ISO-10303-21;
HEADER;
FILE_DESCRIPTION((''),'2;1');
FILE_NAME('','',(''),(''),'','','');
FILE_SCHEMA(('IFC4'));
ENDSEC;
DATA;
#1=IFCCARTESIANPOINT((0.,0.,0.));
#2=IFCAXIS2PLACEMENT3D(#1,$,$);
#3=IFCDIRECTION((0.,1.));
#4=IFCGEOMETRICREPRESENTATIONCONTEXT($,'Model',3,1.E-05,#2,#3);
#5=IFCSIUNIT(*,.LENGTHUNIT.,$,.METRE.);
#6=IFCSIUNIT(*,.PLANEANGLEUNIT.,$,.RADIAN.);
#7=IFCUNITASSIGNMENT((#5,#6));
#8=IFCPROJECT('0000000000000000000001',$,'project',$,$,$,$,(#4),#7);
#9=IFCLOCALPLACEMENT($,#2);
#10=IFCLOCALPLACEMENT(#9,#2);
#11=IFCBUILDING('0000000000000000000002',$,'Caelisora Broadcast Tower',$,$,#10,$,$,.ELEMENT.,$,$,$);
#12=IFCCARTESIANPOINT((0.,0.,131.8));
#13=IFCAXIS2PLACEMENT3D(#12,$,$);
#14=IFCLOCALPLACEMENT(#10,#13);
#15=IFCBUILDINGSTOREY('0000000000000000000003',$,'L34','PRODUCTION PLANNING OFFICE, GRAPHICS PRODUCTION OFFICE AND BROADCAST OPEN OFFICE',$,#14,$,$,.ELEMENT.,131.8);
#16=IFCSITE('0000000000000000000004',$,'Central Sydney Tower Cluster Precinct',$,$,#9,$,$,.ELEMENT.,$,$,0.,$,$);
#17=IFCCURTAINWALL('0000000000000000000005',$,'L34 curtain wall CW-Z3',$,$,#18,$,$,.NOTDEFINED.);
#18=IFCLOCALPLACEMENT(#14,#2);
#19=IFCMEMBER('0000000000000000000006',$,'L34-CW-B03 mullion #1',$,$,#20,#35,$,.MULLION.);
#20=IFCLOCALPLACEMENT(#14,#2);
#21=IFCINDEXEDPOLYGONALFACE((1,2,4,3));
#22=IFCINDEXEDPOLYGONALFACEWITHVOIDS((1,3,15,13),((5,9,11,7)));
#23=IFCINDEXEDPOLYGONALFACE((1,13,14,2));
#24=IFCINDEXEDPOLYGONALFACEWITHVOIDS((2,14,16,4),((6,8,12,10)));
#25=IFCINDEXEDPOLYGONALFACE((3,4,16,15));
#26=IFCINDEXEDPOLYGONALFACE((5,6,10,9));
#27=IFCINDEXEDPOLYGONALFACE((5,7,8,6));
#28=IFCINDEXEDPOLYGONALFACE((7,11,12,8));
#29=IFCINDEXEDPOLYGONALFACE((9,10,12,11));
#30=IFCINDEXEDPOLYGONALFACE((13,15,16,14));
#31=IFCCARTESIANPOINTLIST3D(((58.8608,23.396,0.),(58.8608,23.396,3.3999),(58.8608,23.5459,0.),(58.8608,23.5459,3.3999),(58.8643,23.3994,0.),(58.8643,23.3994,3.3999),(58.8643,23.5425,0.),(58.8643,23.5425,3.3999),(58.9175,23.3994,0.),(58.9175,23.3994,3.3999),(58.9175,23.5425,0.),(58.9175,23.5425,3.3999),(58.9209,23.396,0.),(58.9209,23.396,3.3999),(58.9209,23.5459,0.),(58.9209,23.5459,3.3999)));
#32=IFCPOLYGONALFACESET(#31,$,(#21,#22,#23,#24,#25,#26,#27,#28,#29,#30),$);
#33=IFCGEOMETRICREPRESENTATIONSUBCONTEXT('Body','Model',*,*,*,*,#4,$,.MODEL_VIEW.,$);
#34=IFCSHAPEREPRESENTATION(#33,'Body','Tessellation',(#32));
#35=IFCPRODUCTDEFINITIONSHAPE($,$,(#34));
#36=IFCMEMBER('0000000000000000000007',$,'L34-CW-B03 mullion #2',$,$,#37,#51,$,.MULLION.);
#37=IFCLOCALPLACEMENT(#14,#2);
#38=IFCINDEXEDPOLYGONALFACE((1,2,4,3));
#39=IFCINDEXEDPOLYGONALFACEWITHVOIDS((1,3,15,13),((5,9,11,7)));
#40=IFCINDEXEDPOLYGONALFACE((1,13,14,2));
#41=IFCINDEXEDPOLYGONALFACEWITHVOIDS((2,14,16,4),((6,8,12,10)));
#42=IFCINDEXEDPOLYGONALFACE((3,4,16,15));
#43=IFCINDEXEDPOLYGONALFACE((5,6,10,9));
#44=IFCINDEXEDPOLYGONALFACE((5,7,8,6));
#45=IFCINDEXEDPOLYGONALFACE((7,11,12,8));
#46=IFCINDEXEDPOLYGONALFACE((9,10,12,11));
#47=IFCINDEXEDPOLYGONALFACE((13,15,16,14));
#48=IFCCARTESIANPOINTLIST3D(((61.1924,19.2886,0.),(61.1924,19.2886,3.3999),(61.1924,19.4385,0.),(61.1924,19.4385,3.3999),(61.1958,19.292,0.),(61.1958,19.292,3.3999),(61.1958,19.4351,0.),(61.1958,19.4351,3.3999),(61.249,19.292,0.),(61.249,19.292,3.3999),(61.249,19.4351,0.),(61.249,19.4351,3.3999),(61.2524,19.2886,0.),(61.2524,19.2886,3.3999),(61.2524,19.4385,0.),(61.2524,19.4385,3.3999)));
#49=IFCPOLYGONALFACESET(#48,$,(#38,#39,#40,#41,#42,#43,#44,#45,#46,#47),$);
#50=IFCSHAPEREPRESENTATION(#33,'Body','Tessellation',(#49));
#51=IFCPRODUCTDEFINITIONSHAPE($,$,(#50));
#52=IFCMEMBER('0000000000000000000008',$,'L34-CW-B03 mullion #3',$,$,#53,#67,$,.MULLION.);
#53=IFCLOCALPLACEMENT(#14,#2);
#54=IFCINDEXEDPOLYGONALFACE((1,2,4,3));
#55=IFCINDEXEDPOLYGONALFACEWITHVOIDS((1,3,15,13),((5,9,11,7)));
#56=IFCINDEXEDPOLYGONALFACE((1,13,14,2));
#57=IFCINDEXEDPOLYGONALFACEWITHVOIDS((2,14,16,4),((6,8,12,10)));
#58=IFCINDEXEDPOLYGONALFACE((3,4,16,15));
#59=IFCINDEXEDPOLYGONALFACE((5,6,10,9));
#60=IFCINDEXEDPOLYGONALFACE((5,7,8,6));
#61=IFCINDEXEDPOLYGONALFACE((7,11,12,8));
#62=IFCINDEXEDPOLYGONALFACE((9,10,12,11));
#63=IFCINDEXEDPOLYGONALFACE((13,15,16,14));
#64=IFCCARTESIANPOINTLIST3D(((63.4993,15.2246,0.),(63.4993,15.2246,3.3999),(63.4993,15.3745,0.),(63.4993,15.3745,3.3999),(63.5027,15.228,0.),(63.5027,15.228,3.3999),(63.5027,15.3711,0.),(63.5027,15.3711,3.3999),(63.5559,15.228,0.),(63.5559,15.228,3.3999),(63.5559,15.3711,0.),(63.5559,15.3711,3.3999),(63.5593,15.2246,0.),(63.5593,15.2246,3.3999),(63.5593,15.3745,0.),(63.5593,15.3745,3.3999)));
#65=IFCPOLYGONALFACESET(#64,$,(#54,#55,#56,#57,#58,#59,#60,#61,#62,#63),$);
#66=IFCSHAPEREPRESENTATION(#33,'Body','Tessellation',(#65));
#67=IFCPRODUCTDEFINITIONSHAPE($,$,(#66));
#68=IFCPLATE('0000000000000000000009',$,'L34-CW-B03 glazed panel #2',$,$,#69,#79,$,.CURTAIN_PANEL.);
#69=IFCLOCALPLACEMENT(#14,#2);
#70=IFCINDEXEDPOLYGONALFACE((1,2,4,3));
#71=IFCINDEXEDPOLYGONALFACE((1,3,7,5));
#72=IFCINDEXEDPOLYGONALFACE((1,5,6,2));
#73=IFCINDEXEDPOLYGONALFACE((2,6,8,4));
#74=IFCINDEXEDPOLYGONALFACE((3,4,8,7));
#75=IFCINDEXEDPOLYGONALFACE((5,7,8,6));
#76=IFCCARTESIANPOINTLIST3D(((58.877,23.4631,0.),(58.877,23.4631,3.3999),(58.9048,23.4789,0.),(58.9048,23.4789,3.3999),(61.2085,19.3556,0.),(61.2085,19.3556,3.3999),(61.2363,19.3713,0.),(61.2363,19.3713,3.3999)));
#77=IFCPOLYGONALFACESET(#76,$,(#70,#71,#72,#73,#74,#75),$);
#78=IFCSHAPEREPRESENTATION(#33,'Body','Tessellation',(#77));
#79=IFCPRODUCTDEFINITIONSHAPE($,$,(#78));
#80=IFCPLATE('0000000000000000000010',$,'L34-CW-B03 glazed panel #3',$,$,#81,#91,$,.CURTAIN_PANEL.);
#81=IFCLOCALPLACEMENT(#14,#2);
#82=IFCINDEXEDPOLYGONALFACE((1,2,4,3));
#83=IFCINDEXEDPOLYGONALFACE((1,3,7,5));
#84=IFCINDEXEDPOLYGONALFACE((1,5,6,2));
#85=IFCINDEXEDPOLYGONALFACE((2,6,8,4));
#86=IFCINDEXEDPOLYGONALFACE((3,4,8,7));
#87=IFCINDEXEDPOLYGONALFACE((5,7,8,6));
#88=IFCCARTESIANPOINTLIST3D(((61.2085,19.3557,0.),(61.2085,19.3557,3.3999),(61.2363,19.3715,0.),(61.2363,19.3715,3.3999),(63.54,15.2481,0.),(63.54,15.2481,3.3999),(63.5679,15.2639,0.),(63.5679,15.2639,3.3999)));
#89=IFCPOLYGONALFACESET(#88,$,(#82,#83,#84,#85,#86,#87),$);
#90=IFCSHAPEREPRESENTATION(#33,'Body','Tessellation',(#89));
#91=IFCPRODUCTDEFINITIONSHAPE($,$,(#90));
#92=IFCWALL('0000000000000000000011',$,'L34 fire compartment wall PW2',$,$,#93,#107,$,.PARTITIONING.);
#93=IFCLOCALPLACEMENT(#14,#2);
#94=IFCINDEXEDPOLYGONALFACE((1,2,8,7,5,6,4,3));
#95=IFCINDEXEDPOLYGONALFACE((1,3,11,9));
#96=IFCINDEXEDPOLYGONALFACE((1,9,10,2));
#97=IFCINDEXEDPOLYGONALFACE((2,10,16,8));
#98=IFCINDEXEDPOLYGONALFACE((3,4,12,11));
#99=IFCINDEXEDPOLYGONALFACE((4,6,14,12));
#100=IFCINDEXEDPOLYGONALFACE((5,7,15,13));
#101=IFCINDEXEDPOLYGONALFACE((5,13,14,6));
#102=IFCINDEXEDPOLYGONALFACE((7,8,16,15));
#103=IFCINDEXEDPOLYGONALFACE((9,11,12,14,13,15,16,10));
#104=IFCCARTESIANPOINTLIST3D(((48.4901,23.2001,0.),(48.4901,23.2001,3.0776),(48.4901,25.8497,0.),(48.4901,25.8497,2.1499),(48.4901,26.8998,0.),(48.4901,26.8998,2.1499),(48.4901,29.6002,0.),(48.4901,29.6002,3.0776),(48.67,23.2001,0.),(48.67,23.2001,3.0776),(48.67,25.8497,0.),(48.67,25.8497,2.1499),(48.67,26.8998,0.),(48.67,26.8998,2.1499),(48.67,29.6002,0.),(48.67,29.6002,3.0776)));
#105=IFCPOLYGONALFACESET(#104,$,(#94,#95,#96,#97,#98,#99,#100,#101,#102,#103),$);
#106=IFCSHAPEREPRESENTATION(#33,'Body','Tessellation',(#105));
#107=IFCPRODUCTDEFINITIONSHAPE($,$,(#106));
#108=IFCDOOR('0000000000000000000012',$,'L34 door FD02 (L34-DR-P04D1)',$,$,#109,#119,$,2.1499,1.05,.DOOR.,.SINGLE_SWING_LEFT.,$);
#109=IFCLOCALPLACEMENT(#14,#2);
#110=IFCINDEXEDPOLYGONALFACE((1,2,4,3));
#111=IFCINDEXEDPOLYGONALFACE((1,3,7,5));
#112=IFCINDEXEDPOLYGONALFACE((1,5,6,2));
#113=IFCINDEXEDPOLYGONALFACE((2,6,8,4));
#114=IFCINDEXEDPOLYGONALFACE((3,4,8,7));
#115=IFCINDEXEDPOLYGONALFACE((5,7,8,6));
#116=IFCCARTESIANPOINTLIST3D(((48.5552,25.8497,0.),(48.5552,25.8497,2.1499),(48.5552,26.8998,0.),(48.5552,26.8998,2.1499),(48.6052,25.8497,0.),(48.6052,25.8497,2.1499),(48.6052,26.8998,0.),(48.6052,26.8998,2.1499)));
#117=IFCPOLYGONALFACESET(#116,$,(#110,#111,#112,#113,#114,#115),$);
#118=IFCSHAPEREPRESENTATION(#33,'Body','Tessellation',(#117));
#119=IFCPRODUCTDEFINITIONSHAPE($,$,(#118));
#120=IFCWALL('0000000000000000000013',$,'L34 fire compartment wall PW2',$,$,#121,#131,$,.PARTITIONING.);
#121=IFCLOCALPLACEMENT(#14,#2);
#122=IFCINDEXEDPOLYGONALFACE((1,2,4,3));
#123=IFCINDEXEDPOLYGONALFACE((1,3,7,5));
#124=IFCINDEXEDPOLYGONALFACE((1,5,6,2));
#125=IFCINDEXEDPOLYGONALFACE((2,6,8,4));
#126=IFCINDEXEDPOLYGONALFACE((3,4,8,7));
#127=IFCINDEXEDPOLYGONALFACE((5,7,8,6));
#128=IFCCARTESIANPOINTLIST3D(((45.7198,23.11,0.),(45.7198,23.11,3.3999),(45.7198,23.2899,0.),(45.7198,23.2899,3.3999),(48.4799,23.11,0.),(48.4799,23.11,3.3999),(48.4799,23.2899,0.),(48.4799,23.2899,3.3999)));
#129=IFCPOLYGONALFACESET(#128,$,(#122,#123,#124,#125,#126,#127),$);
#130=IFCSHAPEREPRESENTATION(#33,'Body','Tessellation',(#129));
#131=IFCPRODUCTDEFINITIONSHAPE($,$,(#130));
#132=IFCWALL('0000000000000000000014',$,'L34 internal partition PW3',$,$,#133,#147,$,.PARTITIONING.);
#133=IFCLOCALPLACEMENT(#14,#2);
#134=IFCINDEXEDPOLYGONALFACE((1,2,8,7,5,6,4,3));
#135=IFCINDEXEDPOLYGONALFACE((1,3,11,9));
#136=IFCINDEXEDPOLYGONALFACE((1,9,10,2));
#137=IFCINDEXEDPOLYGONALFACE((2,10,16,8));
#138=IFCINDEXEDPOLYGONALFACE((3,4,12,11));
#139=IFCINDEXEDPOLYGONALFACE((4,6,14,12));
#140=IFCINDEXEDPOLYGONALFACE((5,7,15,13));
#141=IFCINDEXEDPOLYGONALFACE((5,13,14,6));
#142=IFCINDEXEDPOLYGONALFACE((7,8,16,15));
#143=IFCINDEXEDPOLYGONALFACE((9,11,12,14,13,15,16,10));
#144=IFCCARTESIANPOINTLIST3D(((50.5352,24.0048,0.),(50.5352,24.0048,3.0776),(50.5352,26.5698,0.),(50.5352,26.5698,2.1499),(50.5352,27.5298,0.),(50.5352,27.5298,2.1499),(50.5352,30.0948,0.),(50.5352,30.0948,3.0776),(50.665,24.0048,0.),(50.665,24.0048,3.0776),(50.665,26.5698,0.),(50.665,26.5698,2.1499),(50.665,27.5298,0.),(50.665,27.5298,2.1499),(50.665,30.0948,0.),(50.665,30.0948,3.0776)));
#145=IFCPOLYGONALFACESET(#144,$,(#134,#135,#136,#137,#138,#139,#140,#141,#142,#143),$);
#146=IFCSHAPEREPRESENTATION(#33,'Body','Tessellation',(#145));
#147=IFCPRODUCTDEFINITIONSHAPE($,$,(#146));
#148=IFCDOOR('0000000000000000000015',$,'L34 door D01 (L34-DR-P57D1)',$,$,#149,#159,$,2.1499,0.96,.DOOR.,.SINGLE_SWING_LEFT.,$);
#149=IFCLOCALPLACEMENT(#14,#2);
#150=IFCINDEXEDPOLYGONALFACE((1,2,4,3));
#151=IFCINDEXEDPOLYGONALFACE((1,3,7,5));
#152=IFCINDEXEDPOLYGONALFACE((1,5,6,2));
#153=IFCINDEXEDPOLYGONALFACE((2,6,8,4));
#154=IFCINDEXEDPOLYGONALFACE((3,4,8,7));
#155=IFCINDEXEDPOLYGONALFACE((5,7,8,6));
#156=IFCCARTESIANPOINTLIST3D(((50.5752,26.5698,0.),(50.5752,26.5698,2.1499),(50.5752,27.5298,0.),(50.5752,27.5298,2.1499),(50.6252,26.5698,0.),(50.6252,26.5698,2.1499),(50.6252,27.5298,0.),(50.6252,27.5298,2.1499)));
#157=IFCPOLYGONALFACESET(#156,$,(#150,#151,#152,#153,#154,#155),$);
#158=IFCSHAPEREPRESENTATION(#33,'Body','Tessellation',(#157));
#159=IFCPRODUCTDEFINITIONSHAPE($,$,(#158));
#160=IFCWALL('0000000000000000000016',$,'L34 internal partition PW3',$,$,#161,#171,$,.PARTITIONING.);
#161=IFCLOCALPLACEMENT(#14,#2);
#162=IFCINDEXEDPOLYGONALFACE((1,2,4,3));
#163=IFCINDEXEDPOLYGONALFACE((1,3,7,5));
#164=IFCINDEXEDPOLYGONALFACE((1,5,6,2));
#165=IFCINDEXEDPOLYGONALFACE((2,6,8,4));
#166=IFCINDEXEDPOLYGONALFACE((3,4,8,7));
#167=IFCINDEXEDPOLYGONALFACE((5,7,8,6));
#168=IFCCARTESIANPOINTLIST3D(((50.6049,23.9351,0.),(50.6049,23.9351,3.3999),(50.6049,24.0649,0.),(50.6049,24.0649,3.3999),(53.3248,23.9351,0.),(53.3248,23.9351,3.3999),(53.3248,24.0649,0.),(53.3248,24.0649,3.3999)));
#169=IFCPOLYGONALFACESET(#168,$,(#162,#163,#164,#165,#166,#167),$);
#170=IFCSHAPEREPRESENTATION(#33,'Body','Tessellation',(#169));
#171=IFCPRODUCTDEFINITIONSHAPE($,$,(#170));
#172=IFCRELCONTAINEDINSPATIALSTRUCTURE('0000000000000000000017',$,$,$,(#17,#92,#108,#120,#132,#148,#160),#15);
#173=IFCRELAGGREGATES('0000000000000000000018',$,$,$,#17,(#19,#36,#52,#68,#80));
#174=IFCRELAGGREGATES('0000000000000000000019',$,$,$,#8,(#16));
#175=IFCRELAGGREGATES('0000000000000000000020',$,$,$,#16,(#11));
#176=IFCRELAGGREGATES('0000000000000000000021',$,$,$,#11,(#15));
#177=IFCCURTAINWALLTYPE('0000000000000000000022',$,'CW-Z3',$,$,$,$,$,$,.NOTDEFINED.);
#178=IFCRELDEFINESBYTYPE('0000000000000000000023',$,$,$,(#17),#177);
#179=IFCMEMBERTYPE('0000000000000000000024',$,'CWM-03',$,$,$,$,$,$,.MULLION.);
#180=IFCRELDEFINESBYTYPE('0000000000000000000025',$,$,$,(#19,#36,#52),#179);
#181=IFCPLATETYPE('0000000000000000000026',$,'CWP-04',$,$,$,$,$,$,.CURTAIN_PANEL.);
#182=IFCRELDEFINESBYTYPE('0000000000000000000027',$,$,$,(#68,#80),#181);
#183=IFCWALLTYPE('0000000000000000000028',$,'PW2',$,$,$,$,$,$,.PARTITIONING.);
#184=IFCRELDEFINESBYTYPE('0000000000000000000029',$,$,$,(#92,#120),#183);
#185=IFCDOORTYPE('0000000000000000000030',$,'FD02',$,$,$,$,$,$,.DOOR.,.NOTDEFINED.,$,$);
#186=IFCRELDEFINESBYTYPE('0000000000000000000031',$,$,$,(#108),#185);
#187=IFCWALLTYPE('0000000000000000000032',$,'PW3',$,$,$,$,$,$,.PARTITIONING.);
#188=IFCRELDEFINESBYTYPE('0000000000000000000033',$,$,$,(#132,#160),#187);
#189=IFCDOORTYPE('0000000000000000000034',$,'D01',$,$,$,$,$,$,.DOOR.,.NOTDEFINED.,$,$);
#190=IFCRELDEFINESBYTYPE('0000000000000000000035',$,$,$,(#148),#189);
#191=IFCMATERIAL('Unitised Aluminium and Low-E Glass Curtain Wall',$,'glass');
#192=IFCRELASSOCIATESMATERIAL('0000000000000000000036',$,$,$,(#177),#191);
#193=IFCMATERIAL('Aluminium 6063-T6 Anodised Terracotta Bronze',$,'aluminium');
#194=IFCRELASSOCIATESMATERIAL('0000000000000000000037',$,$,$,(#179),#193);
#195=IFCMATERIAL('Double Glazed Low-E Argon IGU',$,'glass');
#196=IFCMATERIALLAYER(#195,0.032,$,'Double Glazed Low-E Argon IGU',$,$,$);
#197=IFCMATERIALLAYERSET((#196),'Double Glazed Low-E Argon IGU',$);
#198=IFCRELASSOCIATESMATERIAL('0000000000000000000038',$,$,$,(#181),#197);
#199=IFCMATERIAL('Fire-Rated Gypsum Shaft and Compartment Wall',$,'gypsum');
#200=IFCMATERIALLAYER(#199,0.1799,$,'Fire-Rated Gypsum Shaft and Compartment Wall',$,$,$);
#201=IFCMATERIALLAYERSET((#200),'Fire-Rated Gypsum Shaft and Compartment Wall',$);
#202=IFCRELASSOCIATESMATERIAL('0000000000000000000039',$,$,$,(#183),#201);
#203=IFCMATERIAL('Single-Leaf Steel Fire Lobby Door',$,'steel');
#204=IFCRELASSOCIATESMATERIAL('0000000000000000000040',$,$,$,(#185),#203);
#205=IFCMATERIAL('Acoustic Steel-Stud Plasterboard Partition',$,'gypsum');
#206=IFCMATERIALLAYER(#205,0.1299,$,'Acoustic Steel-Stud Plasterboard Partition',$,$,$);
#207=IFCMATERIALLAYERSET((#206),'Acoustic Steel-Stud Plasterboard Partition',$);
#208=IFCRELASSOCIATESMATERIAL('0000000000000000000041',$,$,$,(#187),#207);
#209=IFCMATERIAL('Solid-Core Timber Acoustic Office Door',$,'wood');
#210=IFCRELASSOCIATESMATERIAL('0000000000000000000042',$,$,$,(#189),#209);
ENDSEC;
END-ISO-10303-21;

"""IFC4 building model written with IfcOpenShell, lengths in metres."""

from ifc_helpers import new_model, si_unit, direction, frame, frame_2d, origin, origin_2d, place, context, subcontext, project, spatial, rectangle, hollow_rectangle, extrude, source, transform, mapped, material, layer, layer_set, material_profile, profile_set, type_object, type_shapes, element, fill, aggregate, save


model = new_model("IFC4")

# Units and contexts
model_context = context("Model", 3, precision=1e-05, world=origin(), true_north=direction((0.0, 1.0)))
body_context = subcontext(model_context, "Body", "Model", "MODEL_VIEW")
ifc_project = project(units=[si_unit("LENGTHUNIT", "METRE"), si_unit("PLANEANGLEUNIT", "RADIAN")], contexts=[model_context])

# Site, building, storey
site_placement = place(None, origin())
site = spatial("IfcSite", under=ifc_project, at=site_placement, Name="Central Sydney Tower Cluster Precinct", CompositionType="ELEMENT", RefElevation=0.0)
building_placement = place(site_placement, origin())
building = spatial("IfcBuilding", under=site, at=building_placement, Name="Caelisora Broadcast Tower", CompositionType="ELEMENT")
storey_placement = place(building_placement, frame((0.0, 0.0, 131.8)))
storey = spatial("IfcBuildingStorey", under=building, at=storey_placement, Name="L34", Description="PRODUCTION PLANNING OFFICE, GRAPHICS PRODUCTION OFFICE AND BROADCAST OPEN OFFICE", CompositionType="ELEMENT", Elevation=131.8)

# Curtain wall, members, plates
ifc_material_1 = material(Name="Unitised Aluminium and Low-E Glass Curtain Wall", Category="glass")
curtain_wall_type = type_object("IfcCurtainWallType", Name="CW-Z3", PredefinedType="NOTDEFINED", material=ifc_material_1)
curtain_wall_placement = place(storey_placement, origin())
curtain_wall = element("IfcCurtainWall", 1, at=curtain_wall_placement, inside=storey, type_object=curtain_wall_type, Name="L34 curtain wall CW-Z3", PredefinedType="NOTDEFINED")
ifc_material_2 = material(Name="Aluminium 6063-T6 Anodised Terracotta Bronze", Category="aluminium")
ifc_material_profile_1 = material_profile(ifc_material_2, hollow_rectangle(XDim=0.0601, YDim=0.1499, WallThickness=0.0034, at=origin_2d()), Name="Aluminium 6063-T6 Anodised Terracotta Bronze")
ifc_profile_set_1 = profile_set([ifc_material_profile_1], Name="Aluminium 6063-T6 Anodised Terracotta Bronze")
member_type = type_object("IfcMemberType", Name="CWM-03", PredefinedType="MULLION", material=ifc_profile_set_1)
shared_shape_1 = source(origin(), body_context, "Body", "SweptSolid", [
    extrude(hollow_rectangle(XDim=0.0601, YDim=0.1499, WallThickness=0.0034, at=origin_2d()), origin(), (0.0, 0.0, 1.0), 3.3999),
])
type_shapes(member_type, [shared_shape_1])
member_1_placement = place(storey_placement, frame((58.8909, 23.4709, 0.0), z_axis=(0.0, 0.0, 1.0), x_axis=(1.0, 0.0, 0.0)))
member_1 = element("IfcMember", 2, at=member_1_placement, type_object=member_type, Name="L34-CW-B03 mullion #1", PredefinedType="MULLION", context=body_context, shape_type="MappedRepresentation", body=[
    mapped(shared_shape_1, transform((0.0, 0.0, 0.0), scale=1.0)),
])
member_2_placement = place(storey_placement, frame((61.2224, 19.3635, 0.0), z_axis=(0.0, 0.0, 1.0), x_axis=(1.0, 0.0, 0.0)))
member_2 = element("IfcMember", 3, at=member_2_placement, type_object=member_type, Name="L34-CW-B03 mullion #2", PredefinedType="MULLION", context=body_context, shape_type="MappedRepresentation", body=[
    mapped(shared_shape_1, transform((0.0, 0.0, 0.0), scale=1.0)),
])
member_3_placement = place(storey_placement, frame((63.5293, 15.2996, 0.0), z_axis=(0.0, 0.0, 1.0), x_axis=(1.0, 0.0, 0.0)))
member_3 = element("IfcMember", 4, at=member_3_placement, type_object=member_type, Name="L34-CW-B03 mullion #3", PredefinedType="MULLION", context=body_context, shape_type="MappedRepresentation", body=[
    mapped(shared_shape_1, transform((0.0, 0.0, 0.0), scale=1.0)),
])
ifc_material_3 = material(Name="Double Glazed Low-E Argon IGU", Category="glass")
ifc_layer_1 = layer(ifc_material_3, 0.032, Name="Double Glazed Low-E Argon IGU")
ifc_layer_set_1 = layer_set([ifc_layer_1], Name="Double Glazed Low-E Argon IGU")
plate_type = type_object("IfcPlateType", Name="CWP-04", PredefinedType="CURTAIN_PANEL", material=ifc_layer_set_1)
shared_shape_2 = source(origin(), body_context, "Body", "SweptSolid", [
    extrude(rectangle(XDim=4.7231, YDim=0.032, at=origin_2d()), origin(), (0.0, 0.0, 1.0), 3.3999),
])
type_shapes(plate_type, [shared_shape_2])
plate_1_placement = place(storey_placement, frame((60.0566, 21.4172, 0.0), z_axis=(0.0, 0.0, 1.0), x_axis=(0.493638, -0.869667, 0.0)))
plate_1 = element("IfcPlate", 5, at=plate_1_placement, type_object=plate_type, Name="L34-CW-B03 glazed panel #2", PredefinedType="CURTAIN_PANEL", context=body_context, shape_type="MappedRepresentation", body=[
    mapped(shared_shape_2, transform((0.0, 0.0, 0.0), scale=1.0)),
])
plate_2_placement = place(storey_placement, frame((62.3882, 17.3098, 0.0), z_axis=(0.0, 0.0, 1.0), x_axis=(0.493638, -0.869667, 0.0)))
plate_2 = element("IfcPlate", 6, at=plate_2_placement, type_object=plate_type, Name="L34-CW-B03 glazed panel #3", PredefinedType="CURTAIN_PANEL", context=body_context, shape_type="MappedRepresentation", body=[
    mapped(shared_shape_2, transform((0.0, 0.0, 0.0), scale=1.0)),
])
aggregate(curtain_wall, [member_1, member_2, member_3, plate_1, plate_2])

# Wall, opening, door
ifc_material_4 = material(Name="Fire-Rated Gypsum Shaft and Compartment Wall", Category="gypsum")
ifc_layer_2 = layer(ifc_material_4, 0.1799, Name="Fire-Rated Gypsum Shaft and Compartment Wall")
ifc_layer_set_2 = layer_set([ifc_layer_2], Name="Fire-Rated Gypsum Shaft and Compartment Wall")
wall_type_1 = type_object("IfcWallType", Name="PW2", PredefinedType="PARTITIONING", material=ifc_layer_set_2)
wall_1_placement = place(storey_placement, frame((48.5801, 23.2, 0.0), z_axis=(0.0, 0.0, 1.0), x_axis=(0.0, 1.0, 0.0)))
wall_1 = element("IfcWall", 7, at=wall_1_placement, inside=storey, type_object=wall_type_1, Name="L34 fire compartment wall PW2", PredefinedType="PARTITIONING", context=body_context, shape_type="SweptSolid", body=[
    extrude(rectangle(XDim=6.4001, YDim=0.1799, at=frame_2d((3.2002, 0.0))), origin(), (0.0, 0.0, 1.0), 3.0776),
])
opening_1_placement = place(wall_1_placement, frame((2.6499, 0.0, 0.0)))
opening_1 = element("IfcOpeningElement", 8, at=opening_1_placement, cuts=wall_1, PredefinedType="OPENING", context=body_context, shape_type="SweptSolid", body=[
    extrude(rectangle(XDim=1.05, YDim=2.1499, at=frame_2d((0.5249, 1.075))), frame((0.0, 0.1021, 0.0), z_axis=(0.0, -1.0, 0.0), x_axis=(1.0, 0.0, 0.0)), (0.0, 0.0, 1.0), 0.2039),
])
ifc_material_5 = material(Name="Single-Leaf Steel Fire Lobby Door", Category="steel")
door_type_1 = type_object("IfcDoorType", Name="FD02", OperationType="NOTDEFINED", PredefinedType="DOOR", material=ifc_material_5)
door_1_placement = place(opening_1_placement, origin())
door_1 = element("IfcDoor", 9, at=door_1_placement, inside=storey, type_object=door_type_1, Name="L34 door FD02 (L34-DR-P04D1)", OperationType="SINGLE_SWING_LEFT", OverallHeight=2.1499, OverallWidth=1.05, PredefinedType="DOOR", context=body_context, shape_type="SweptSolid", body=[
    extrude(rectangle(XDim=1.05, YDim=2.1499, at=frame_2d((0.5249, 1.075))), frame((0.0, 0.0249, 0.0), z_axis=(0.0, -1.0, 0.0), x_axis=(1.0, 0.0, 0.0)), (0.0, 0.0, 1.0), 0.05),
])
fill(opening_1, door_1)

# Wall
wall_2_placement = place(storey_placement, frame((45.72, 23.2, 0.0), z_axis=(0.0, 0.0, 1.0), x_axis=(1.0, 0.0, 0.0)))
element("IfcWall", 10, at=wall_2_placement, inside=storey, type_object=wall_type_1, Name="L34 fire compartment wall PW2", PredefinedType="PARTITIONING", context=body_context, shape_type="SweptSolid", body=[
    extrude(rectangle(XDim=2.76, YDim=0.1799, at=frame_2d((1.3799, 0.0))), origin(), (0.0, 0.0, 1.0), 3.3999),
])

# Wall, opening, door
ifc_material_6 = material(Name="Acoustic Steel-Stud Plasterboard Partition", Category="gypsum")
ifc_layer_3 = layer(ifc_material_6, 0.1299, Name="Acoustic Steel-Stud Plasterboard Partition")
ifc_layer_set_3 = layer_set([ifc_layer_3], Name="Acoustic Steel-Stud Plasterboard Partition")
wall_type_2 = type_object("IfcWallType", Name="PW3", PredefinedType="PARTITIONING", material=ifc_layer_set_3)
wall_3_placement = place(storey_placement, frame((50.6001, 24.0049, 0.0), z_axis=(0.0, 0.0, 1.0), x_axis=(0.0, 1.0, 0.0)))
wall_3 = element("IfcWall", 11, at=wall_3_placement, inside=storey, type_object=wall_type_2, Name="L34 internal partition PW3", PredefinedType="PARTITIONING", context=body_context, shape_type="SweptSolid", body=[
    extrude(rectangle(XDim=6.0901, YDim=0.1299, at=frame_2d((3.0449, 0.0))), origin(), (0.0, 0.0, 1.0), 3.0776),
])
opening_2_placement = place(wall_3_placement, frame((2.5649, 0.0, 0.0)))
opening_2 = element("IfcOpeningElement", 12, at=opening_2_placement, cuts=wall_3, PredefinedType="OPENING", context=body_context, shape_type="SweptSolid", body=[
    extrude(rectangle(XDim=0.96, YDim=2.1499, at=frame_2d((0.48, 1.075))), frame((0.0, 0.0769, 0.0), z_axis=(0.0, -1.0, 0.0), x_axis=(1.0, 0.0, 0.0)), (0.0, 0.0, 1.0), 0.1538),
])
ifc_material_7 = material(Name="Solid-Core Timber Acoustic Office Door", Category="wood")
door_type_2 = type_object("IfcDoorType", Name="D01", OperationType="NOTDEFINED", PredefinedType="DOOR", material=ifc_material_7)
door_2_placement = place(opening_2_placement, origin())
door_2 = element("IfcDoor", 13, at=door_2_placement, inside=storey, type_object=door_type_2, Name="L34 door D01 (L34-DR-P57D1)", OperationType="SINGLE_SWING_LEFT", OverallHeight=2.1499, OverallWidth=0.96, PredefinedType="DOOR", context=body_context, shape_type="SweptSolid", body=[
    extrude(rectangle(XDim=0.96, YDim=2.1499, at=frame_2d((0.48, 1.075))), frame((0.0, 0.0249, 0.0), z_axis=(0.0, -1.0, 0.0), x_axis=(1.0, 0.0, 0.0)), (0.0, 0.0, 1.0), 0.05),
])
fill(opening_2, door_2)

# Wall
wall_4_placement = place(storey_placement, frame((50.605, 24.0, 0.0), z_axis=(0.0, 0.0, 1.0), x_axis=(1.0, 0.0, 0.0)))
element("IfcWall", 14, at=wall_4_placement, inside=storey, type_object=wall_type_2, Name="L34 internal partition PW3", PredefinedType="PARTITIONING", context=body_context, shape_type="SweptSolid", body=[
    extrude(rectangle(XDim=2.72, YDim=0.1299, at=frame_2d((1.3599, 0.0))), origin(), (0.0, 0.0, 1.0), 3.3999),
])

save(model, "model.ifc")
